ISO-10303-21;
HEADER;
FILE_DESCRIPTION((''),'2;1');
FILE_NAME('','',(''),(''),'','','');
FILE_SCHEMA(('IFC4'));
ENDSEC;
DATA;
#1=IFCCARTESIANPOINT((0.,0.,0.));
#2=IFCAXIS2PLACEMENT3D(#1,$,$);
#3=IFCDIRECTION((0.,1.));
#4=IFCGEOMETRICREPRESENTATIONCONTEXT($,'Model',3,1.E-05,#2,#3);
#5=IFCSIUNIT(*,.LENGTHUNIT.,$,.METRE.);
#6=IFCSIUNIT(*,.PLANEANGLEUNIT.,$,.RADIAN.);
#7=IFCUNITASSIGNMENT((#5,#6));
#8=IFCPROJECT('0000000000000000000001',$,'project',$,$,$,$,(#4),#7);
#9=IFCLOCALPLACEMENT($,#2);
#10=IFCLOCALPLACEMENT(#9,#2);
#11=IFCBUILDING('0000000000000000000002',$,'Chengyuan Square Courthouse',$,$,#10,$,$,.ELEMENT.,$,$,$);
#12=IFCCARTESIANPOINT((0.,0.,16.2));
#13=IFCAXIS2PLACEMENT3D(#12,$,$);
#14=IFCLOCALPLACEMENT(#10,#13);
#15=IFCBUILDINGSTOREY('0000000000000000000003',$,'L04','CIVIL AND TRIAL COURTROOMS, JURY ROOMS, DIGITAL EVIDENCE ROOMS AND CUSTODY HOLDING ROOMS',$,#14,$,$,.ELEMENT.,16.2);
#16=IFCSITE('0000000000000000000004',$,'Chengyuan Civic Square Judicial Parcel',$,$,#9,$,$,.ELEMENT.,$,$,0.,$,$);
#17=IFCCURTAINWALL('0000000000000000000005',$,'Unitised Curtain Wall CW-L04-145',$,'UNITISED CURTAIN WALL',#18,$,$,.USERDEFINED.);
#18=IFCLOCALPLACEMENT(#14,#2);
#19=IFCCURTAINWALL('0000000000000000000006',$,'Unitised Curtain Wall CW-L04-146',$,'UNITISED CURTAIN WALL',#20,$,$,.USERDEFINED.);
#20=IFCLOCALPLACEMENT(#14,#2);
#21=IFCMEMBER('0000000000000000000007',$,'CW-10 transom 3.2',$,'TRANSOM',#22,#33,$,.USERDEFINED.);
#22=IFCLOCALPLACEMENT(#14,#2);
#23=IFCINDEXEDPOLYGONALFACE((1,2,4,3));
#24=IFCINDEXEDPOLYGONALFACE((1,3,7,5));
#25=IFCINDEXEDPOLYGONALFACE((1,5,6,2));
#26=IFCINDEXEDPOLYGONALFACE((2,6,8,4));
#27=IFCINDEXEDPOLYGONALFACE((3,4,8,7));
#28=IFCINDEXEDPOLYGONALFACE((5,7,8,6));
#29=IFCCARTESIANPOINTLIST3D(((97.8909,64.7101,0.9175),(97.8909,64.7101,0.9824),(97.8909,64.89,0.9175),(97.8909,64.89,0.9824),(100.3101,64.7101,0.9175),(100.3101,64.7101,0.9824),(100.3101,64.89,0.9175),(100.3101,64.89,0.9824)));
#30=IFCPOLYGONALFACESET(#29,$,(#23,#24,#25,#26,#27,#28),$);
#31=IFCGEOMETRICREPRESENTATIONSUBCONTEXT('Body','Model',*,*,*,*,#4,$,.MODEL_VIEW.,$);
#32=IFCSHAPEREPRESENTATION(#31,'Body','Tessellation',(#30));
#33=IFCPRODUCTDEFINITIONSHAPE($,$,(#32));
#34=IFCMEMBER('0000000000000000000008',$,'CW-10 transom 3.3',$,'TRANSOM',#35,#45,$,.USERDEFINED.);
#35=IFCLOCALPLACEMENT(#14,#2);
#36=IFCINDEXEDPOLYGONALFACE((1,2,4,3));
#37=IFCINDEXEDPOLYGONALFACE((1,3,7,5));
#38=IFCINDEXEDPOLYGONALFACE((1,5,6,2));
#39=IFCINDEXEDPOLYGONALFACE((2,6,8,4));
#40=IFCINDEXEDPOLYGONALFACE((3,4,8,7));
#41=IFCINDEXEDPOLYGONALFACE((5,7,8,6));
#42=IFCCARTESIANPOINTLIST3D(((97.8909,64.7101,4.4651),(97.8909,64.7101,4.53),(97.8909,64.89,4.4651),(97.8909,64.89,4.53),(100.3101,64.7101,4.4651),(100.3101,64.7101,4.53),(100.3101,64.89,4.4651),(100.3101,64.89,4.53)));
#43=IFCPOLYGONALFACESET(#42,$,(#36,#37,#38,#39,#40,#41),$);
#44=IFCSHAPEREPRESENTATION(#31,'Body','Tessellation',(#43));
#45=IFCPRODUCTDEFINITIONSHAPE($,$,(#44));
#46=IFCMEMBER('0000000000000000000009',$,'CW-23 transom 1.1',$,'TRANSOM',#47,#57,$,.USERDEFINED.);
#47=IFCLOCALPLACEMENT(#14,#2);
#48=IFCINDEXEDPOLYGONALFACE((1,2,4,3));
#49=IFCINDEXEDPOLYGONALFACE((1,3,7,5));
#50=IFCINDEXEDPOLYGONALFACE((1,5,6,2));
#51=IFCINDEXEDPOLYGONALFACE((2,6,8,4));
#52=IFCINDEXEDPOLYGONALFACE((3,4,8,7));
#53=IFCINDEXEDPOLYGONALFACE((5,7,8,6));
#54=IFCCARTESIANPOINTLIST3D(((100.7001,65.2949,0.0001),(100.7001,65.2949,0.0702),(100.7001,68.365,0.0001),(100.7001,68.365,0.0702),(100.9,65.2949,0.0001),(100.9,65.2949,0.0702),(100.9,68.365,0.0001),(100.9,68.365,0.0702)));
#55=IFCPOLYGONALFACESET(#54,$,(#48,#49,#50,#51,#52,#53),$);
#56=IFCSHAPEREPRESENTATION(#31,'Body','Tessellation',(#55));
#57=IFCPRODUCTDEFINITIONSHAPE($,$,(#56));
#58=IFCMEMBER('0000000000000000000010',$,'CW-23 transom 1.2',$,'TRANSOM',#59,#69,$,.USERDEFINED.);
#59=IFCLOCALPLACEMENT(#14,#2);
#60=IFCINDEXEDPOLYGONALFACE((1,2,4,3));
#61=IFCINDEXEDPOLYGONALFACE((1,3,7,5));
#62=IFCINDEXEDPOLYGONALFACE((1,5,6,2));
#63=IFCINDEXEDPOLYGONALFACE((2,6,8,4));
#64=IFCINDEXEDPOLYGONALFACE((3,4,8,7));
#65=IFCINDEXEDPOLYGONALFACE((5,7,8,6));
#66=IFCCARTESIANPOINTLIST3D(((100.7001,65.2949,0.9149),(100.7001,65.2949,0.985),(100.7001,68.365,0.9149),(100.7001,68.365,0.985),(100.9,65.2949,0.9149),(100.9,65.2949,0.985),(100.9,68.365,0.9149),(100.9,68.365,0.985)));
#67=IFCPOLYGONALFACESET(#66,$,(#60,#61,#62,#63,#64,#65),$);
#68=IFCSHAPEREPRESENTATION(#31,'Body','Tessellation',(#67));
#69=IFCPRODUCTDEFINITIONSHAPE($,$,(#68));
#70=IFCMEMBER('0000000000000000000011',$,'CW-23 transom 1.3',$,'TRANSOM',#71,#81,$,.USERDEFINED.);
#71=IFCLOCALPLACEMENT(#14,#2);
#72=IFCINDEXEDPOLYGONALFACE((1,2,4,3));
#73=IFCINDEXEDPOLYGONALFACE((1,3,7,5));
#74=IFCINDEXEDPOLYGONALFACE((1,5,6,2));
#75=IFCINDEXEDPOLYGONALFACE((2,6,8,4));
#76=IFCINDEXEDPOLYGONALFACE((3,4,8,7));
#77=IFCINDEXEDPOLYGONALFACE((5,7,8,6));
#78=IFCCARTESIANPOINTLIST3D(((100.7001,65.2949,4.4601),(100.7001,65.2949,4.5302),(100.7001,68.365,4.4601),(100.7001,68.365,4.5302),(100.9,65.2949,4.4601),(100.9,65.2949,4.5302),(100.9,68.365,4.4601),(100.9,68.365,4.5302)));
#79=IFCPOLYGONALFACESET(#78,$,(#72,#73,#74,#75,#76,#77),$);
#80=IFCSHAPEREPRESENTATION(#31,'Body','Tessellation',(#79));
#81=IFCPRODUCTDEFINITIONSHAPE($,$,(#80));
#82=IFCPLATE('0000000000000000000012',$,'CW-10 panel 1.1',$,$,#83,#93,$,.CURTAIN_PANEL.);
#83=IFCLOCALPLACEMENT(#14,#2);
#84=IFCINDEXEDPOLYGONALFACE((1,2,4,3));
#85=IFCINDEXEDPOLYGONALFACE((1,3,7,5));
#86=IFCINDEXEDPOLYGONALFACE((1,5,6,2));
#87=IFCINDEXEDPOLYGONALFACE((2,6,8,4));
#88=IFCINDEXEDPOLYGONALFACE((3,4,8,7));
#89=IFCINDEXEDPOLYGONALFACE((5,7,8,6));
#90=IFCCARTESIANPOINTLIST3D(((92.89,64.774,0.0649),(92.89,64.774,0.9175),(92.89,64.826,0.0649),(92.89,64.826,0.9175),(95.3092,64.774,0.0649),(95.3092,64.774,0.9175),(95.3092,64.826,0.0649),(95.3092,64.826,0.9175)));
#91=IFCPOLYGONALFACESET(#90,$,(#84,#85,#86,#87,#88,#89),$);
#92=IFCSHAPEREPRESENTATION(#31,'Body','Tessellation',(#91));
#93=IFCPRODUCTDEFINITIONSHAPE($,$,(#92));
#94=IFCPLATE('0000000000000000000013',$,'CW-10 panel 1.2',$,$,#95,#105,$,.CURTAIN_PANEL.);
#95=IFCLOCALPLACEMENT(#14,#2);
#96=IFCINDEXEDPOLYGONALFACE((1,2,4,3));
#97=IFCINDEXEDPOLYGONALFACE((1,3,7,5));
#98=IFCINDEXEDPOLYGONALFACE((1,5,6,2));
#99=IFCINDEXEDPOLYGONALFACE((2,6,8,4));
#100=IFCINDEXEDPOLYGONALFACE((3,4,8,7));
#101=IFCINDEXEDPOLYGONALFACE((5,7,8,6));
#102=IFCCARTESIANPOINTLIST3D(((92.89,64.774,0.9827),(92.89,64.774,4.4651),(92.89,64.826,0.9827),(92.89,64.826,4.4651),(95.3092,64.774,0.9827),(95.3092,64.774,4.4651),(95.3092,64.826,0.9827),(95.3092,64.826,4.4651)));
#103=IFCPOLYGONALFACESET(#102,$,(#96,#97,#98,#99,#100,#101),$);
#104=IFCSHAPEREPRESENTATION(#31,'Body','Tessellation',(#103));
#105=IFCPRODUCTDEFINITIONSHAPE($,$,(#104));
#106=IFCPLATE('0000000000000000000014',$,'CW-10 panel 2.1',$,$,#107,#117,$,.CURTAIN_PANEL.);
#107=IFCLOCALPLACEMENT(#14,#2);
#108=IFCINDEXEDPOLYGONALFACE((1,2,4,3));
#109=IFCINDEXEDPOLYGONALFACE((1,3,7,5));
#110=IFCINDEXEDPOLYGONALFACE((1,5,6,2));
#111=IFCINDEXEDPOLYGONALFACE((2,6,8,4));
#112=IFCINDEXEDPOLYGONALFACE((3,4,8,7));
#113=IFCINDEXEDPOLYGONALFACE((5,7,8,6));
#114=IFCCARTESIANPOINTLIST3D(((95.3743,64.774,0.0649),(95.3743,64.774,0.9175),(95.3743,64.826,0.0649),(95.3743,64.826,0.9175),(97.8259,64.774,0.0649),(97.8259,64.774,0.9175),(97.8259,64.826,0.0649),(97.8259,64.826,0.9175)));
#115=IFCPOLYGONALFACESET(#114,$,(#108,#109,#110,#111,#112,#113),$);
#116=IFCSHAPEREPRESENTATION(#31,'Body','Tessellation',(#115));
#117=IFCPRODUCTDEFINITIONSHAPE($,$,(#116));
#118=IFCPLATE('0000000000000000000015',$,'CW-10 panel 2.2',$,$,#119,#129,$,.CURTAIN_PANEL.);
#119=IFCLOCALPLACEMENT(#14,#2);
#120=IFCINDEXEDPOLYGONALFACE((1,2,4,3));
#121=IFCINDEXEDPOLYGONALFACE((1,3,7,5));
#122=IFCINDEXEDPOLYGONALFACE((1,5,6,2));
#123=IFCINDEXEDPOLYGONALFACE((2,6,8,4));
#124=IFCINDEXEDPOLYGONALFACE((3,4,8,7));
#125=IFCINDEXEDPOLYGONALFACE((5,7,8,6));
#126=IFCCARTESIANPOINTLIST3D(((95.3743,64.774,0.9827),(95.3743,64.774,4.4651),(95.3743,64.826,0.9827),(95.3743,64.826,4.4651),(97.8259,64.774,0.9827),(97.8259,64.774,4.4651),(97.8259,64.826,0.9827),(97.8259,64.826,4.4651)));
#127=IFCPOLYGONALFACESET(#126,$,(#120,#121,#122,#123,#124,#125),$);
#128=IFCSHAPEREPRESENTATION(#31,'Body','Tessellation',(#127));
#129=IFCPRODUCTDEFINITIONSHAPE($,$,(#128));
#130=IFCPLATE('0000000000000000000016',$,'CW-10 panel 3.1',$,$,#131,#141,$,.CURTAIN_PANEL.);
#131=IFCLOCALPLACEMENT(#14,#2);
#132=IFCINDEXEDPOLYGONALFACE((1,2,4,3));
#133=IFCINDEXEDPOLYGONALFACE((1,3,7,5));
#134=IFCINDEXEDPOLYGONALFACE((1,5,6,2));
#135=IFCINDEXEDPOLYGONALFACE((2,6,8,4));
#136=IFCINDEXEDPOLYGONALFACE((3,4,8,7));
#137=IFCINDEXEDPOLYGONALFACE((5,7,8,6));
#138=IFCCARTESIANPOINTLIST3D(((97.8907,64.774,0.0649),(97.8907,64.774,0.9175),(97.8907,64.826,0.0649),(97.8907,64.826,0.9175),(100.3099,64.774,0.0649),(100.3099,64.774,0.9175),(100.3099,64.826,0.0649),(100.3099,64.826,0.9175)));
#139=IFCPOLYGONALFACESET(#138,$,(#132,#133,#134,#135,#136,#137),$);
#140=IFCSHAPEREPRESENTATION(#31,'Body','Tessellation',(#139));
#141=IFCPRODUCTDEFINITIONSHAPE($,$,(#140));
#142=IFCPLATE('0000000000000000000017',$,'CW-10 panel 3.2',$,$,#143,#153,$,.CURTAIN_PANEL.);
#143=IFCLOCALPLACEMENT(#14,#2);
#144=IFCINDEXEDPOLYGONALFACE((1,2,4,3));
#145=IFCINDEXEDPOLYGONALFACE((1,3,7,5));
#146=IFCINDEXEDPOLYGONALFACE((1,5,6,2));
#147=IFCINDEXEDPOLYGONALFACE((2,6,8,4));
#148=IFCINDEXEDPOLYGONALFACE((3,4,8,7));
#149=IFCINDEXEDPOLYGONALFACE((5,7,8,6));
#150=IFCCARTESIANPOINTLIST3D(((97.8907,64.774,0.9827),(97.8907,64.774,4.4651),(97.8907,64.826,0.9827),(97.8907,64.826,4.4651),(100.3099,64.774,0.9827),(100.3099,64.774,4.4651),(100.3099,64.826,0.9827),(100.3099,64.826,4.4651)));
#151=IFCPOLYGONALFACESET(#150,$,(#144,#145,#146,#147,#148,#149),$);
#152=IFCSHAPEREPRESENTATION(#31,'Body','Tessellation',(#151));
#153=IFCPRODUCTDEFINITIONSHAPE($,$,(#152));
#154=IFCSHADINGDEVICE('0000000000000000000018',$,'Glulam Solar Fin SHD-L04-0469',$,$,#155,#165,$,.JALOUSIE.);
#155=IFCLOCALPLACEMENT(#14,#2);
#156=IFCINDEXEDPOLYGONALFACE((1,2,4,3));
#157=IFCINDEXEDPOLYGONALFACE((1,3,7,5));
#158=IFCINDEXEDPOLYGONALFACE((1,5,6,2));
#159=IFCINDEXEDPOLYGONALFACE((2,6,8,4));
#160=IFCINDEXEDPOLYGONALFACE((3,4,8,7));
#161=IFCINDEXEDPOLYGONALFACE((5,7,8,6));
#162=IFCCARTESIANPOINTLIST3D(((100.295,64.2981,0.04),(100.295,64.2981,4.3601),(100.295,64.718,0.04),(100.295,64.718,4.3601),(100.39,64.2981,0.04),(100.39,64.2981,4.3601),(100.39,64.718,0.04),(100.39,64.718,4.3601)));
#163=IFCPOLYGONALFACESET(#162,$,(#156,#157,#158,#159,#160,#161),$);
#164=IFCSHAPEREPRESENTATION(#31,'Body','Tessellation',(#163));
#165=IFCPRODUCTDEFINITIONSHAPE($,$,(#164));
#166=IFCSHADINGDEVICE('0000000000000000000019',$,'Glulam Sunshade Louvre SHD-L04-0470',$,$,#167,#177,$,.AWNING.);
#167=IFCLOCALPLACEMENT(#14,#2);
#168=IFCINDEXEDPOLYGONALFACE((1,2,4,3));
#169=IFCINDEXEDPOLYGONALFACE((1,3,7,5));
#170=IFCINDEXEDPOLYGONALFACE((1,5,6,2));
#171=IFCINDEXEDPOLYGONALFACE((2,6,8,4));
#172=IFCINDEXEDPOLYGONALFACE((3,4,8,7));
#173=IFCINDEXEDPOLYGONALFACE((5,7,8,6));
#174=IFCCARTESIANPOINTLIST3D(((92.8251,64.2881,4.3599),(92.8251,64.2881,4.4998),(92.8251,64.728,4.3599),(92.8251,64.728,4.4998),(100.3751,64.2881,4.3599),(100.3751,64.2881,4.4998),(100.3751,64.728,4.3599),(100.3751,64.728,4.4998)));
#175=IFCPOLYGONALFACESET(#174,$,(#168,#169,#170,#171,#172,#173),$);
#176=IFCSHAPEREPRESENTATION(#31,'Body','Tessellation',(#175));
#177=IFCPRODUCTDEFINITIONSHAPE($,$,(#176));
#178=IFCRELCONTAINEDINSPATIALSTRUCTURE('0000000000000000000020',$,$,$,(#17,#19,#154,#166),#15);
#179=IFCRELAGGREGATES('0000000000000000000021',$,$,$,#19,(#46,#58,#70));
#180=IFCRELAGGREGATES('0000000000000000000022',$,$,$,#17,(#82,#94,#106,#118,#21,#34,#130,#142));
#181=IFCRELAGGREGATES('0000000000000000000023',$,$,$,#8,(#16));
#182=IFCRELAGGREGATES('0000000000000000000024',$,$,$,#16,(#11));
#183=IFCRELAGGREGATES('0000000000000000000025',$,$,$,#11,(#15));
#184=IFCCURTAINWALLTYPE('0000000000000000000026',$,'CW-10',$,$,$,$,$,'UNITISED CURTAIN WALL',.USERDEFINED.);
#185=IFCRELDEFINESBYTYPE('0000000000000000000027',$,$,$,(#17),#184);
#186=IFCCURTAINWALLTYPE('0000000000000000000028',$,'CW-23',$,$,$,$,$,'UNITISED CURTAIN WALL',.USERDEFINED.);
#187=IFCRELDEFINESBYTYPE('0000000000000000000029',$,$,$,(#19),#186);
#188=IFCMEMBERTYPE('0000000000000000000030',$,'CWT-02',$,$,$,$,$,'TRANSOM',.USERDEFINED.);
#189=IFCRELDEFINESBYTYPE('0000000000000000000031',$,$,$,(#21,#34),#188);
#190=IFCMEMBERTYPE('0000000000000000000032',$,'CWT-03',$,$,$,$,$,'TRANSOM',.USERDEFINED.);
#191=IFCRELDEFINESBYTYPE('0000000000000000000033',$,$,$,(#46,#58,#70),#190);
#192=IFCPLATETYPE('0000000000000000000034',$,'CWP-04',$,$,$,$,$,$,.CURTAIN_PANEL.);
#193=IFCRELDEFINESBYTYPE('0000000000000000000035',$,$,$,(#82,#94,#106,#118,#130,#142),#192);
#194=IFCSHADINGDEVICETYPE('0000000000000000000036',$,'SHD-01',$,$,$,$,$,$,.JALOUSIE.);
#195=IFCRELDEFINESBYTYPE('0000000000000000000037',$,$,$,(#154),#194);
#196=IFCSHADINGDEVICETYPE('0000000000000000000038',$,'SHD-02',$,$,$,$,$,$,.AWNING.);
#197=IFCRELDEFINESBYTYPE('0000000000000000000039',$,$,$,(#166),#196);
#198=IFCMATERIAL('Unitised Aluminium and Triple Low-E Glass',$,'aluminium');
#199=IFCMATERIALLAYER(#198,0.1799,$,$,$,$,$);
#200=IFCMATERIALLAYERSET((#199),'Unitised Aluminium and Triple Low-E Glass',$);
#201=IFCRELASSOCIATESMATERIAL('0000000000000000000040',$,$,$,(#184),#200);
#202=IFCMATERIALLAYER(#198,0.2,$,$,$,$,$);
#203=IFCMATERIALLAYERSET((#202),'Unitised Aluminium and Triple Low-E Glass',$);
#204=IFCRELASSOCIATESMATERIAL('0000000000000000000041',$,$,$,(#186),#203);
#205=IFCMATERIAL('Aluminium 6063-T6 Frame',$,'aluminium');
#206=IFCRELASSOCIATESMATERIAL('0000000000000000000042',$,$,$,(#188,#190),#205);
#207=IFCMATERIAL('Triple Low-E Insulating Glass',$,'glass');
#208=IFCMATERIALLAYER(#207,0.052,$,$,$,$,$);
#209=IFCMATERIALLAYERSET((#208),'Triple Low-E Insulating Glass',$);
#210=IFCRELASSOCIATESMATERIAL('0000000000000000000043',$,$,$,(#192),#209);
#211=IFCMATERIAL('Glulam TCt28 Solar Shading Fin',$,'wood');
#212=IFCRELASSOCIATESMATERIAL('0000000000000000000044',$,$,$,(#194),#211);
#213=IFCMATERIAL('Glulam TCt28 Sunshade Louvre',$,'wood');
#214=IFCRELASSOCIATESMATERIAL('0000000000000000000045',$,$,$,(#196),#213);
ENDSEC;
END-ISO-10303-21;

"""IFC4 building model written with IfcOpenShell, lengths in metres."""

from ifc_helpers import new_model, si_unit, direction, frame, origin, origin_2d, place, context, subcontext, project, spatial, rectangle, extrude, material, layer, layer_set, material_profile, profile_set, type_object, element, aggregate, save


model = new_model("IFC4")

# Units and contexts
model_context = context("Model", 3, precision=1e-05, world=origin(), true_north=direction((0.0, 1.0)))
body_context = subcontext(model_context, "Body", "Model", "MODEL_VIEW")
ifc_project = project(units=[si_unit("LENGTHUNIT", "METRE"), si_unit("PLANEANGLEUNIT", "RADIAN")], contexts=[model_context])

# Site, building, storey
site_placement = place(None, origin())
site = spatial("IfcSite", under=ifc_project, at=site_placement, Name="Chengyuan Civic Square Judicial Parcel", CompositionType="ELEMENT", RefElevation=0.0)
building_placement = place(site_placement, origin())
building = spatial("IfcBuilding", under=site, at=building_placement, Name="Chengyuan Square Courthouse", CompositionType="ELEMENT")
storey_placement = place(building_placement, frame((0.0, 0.0, 16.2)))
storey = spatial("IfcBuildingStorey", under=building, at=storey_placement, Name="L04", Description="CIVIL AND TRIAL COURTROOMS, JURY ROOMS, DIGITAL EVIDENCE ROOMS AND CUSTODY HOLDING ROOMS", CompositionType="ELEMENT", Elevation=16.2)

# Curtain wall
ifc_material_1 = material(Name="Unitised Aluminium and Triple Low-E Glass", Category="aluminium")
ifc_layer_1 = layer(ifc_material_1, 0.1799)
ifc_layer_set_1 = layer_set([ifc_layer_1], Name="Unitised Aluminium and Triple Low-E Glass")
curtain_wall_type_1 = type_object("IfcCurtainWallType", Name="CW-10", ElementType="UNITISED CURTAIN WALL", PredefinedType="USERDEFINED", material=ifc_layer_set_1)
curtain_wall_1_placement = place(storey_placement, origin())
curtain_wall_1 = element("IfcCurtainWall", 1, at=curtain_wall_1_placement, inside=storey, type_object=curtain_wall_type_1, Name="Unitised Curtain Wall CW-L04-145", ObjectType="UNITISED CURTAIN WALL", PredefinedType="USERDEFINED")
ifc_material_2 = material(Name="Aluminium 6063-T6 Frame", Category="aluminium")

# Curtain wall
ifc_layer_2 = layer(ifc_material_1, 0.2)
ifc_layer_set_2 = layer_set([ifc_layer_2], Name="Unitised Aluminium and Triple Low-E Glass")
curtain_wall_type_2 = type_object("IfcCurtainWallType", Name="CW-23", ElementType="UNITISED CURTAIN WALL", PredefinedType="USERDEFINED", material=ifc_layer_set_2)
curtain_wall_2_placement = place(storey_placement, origin())
curtain_wall_2 = element("IfcCurtainWall", 2, at=curtain_wall_2_placement, inside=storey, type_object=curtain_wall_type_2, Name="Unitised Curtain Wall CW-L04-146", ObjectType="UNITISED CURTAIN WALL", PredefinedType="USERDEFINED")

# Members
ifc_material_profile_1 = material_profile(ifc_material_2, rectangle(XDim=0.1799, YDim=0.0649, at=origin_2d()), Name="CW-TRN-65x140")
ifc_profile_set_1 = profile_set([ifc_material_profile_1], Name="Aluminium 6063-T6 Frame")
member_type_1 = type_object("IfcMemberType", Name="CWT-02", ElementType="TRANSOM", PredefinedType="USERDEFINED", material=ifc_profile_set_1)
member_1_placement = place(storey_placement, frame((97.8909, 64.8, 0.95), z_axis=(1.0, 0.0, 0.0), x_axis=(0.0, 1.0, 0.0)))
member_1 = element("IfcMember", 3, at=member_1_placement, type_object=member_type_1, Name="CW-10 transom 3.2", ObjectType="TRANSOM", PredefinedType="USERDEFINED", context=body_context, shape_type="SweptSolid", body=[
    extrude(rectangle(XDim=0.1799, YDim=0.0649, at=origin_2d()), origin(), (0.0, 0.0, 1.0), 2.4192),
])
member_2_placement = place(storey_placement, frame((97.8909, 64.8, 4.4976), z_axis=(1.0, 0.0, 0.0), x_axis=(0.0, 1.0, 0.0)))
member_2 = element("IfcMember", 4, at=member_2_placement, type_object=member_type_1, Name="CW-10 transom 3.3", ObjectType="TRANSOM", PredefinedType="USERDEFINED", context=body_context, shape_type="SweptSolid", body=[
    extrude(rectangle(XDim=0.1799, YDim=0.0649, at=origin_2d()), origin(), (0.0, 0.0, 1.0), 2.4192),
])
ifc_material_profile_2 = material_profile(ifc_material_2, rectangle(XDim=0.2, YDim=0.0701, at=origin_2d()), Name="CW-TRN-70x160")
ifc_profile_set_2 = profile_set([ifc_material_profile_2], Name="Aluminium 6063-T6 Frame")
member_type_2 = type_object("IfcMemberType", Name="CWT-03", ElementType="TRANSOM", PredefinedType="USERDEFINED", material=ifc_profile_set_2)
member_3_placement = place(storey_placement, frame((100.8, 65.2949, 0.0352), z_axis=(0.0, 1.0, 0.0), x_axis=(-1.0, 0.0, 0.0)))
member_3 = element("IfcMember", 5, at=member_3_placement, type_object=member_type_2, Name="CW-23 transom 1.1", ObjectType="TRANSOM", PredefinedType="USERDEFINED", context=body_context, shape_type="SweptSolid", body=[
    extrude(rectangle(XDim=0.2, YDim=0.0701, at=origin_2d()), origin(), (0.0, 0.0, 1.0), 3.0701),
])
member_4_placement = place(storey_placement, frame((100.8, 65.2949, 0.95), z_axis=(0.0, 1.0, 0.0), x_axis=(-1.0, 0.0, 0.0)))
member_4 = element("IfcMember", 6, at=member_4_placement, type_object=member_type_2, Name="CW-23 transom 1.2", ObjectType="TRANSOM", PredefinedType="USERDEFINED", context=body_context, shape_type="SweptSolid", body=[
    extrude(rectangle(XDim=0.2, YDim=0.0701, at=origin_2d()), origin(), (0.0, 0.0, 1.0), 3.0701),
])
member_5_placement = place(storey_placement, frame((100.8, 65.2949, 4.4951), z_axis=(0.0, 1.0, 0.0), x_axis=(-1.0, 0.0, 0.0)))
member_5 = element("IfcMember", 7, at=member_5_placement, type_object=member_type_2, Name="CW-23 transom 1.3", ObjectType="TRANSOM", PredefinedType="USERDEFINED", context=body_context, shape_type="SweptSolid", body=[
    extrude(rectangle(XDim=0.2, YDim=0.0701, at=origin_2d()), origin(), (0.0, 0.0, 1.0), 3.0701),
])
aggregate(curtain_wall_2, [member_3, member_4, member_5])

# Plates
ifc_material_3 = material(Name="Triple Low-E Insulating Glass", Category="glass")
ifc_layer_3 = layer(ifc_material_3, 0.052)
ifc_layer_set_3 = layer_set([ifc_layer_3], Name="Triple Low-E Insulating Glass")
plate_type = type_object("IfcPlateType", Name="CWP-04", PredefinedType="CURTAIN_PANEL", material=ifc_layer_set_3)
plate_1_placement = place(storey_placement, frame((94.0996, 64.8, 0.0649), z_axis=(0.0, 0.0, 1.0), x_axis=(1.0, 0.0, 0.0)))
plate_1 = element("IfcPlate", 8, at=plate_1_placement, type_object=plate_type, Name="CW-10 panel 1.1", PredefinedType="CURTAIN_PANEL", context=body_context, shape_type="SweptSolid", body=[
    extrude(rectangle(XDim=2.4192, YDim=0.052, at=origin_2d()), origin(), (0.0, 0.0, 1.0), 0.8525),
])
plate_2_placement = place(storey_placement, frame((94.0996, 64.8, 0.9827), z_axis=(0.0, 0.0, 1.0), x_axis=(1.0, 0.0, 0.0)))
plate_2 = element("IfcPlate", 9, at=plate_2_placement, type_object=plate_type, Name="CW-10 panel 1.2", PredefinedType="CURTAIN_PANEL", context=body_context, shape_type="SweptSolid", body=[
    extrude(rectangle(XDim=2.4192, YDim=0.052, at=origin_2d()), origin(), (0.0, 0.0, 1.0), 3.4824),
])
plate_3_placement = place(storey_placement, frame((96.6001, 64.8, 0.0649), z_axis=(0.0, 0.0, 1.0), x_axis=(1.0, 0.0, 0.0)))
plate_3 = element("IfcPlate", 10, at=plate_3_placement, type_object=plate_type, Name="CW-10 panel 2.1", PredefinedType="CURTAIN_PANEL", context=body_context, shape_type="SweptSolid", body=[
    extrude(rectangle(XDim=2.4517, YDim=0.052, at=origin_2d()), origin(), (0.0, 0.0, 1.0), 0.8525),
])
plate_4_placement = place(storey_placement, frame((96.6001, 64.8, 0.9827), z_axis=(0.0, 0.0, 1.0), x_axis=(1.0, 0.0, 0.0)))
plate_4 = element("IfcPlate", 11, at=plate_4_placement, type_object=plate_type, Name="CW-10 panel 2.2", PredefinedType="CURTAIN_PANEL", context=body_context, shape_type="SweptSolid", body=[
    extrude(rectangle(XDim=2.4517, YDim=0.052, at=origin_2d()), origin(), (0.0, 0.0, 1.0), 3.4824),
])
plate_5_placement = place(storey_placement, frame((99.1003, 64.8, 0.0649), z_axis=(0.0, 0.0, 1.0), x_axis=(1.0, 0.0, 0.0)))
plate_5 = element("IfcPlate", 12, at=plate_5_placement, type_object=plate_type, Name="CW-10 panel 3.1", PredefinedType="CURTAIN_PANEL", context=body_context, shape_type="SweptSolid", body=[
    extrude(rectangle(XDim=2.4192, YDim=0.052, at=origin_2d()), origin(), (0.0, 0.0, 1.0), 0.8525),
])
plate_6_placement = place(storey_placement, frame((99.1003, 64.8, 0.9827), z_axis=(0.0, 0.0, 1.0), x_axis=(1.0, 0.0, 0.0)))
plate_6 = element("IfcPlate", 13, at=plate_6_placement, type_object=plate_type, Name="CW-10 panel 3.2", PredefinedType="CURTAIN_PANEL", context=body_context, shape_type="SweptSolid", body=[
    extrude(rectangle(XDim=2.4192, YDim=0.052, at=origin_2d()), origin(), (0.0, 0.0, 1.0), 3.4824),
])
aggregate(curtain_wall_1, [plate_1, plate_2, plate_3, plate_4, member_1, member_2, plate_5, plate_6])

# Shading devices
ifc_material_4 = material(Name="Glulam TCt28 Solar Shading Fin", Category="wood")
shading_device_type_1 = type_object("IfcShadingDeviceType", Name="SHD-01", PredefinedType="JALOUSIE", material=ifc_material_4)
shading_device_1_placement = place(storey_placement, frame((100.3425, 64.5081, 0.04), z_axis=(0.0, 0.0, 1.0), x_axis=(0.0, 1.0, 0.0)))
element("IfcShadingDevice", 14, at=shading_device_1_placement, inside=storey, type_object=shading_device_type_1, Name="Glulam Solar Fin SHD-L04-0469", PredefinedType="JALOUSIE", context=body_context, shape_type="SweptSolid", body=[
    extrude(rectangle(XDim=0.4199, YDim=0.095, at=origin_2d()), origin(), (0.0, 0.0, 1.0), 4.3201),
])
ifc_material_5 = material(Name="Glulam TCt28 Sunshade Louvre", Category="wood")
shading_device_type_2 = type_object("IfcShadingDeviceType", Name="SHD-02", PredefinedType="AWNING", material=ifc_material_5)
shading_device_2_placement = place(storey_placement, frame((96.6001, 64.5081, 4.3599), z_axis=(0.0, 0.0, 1.0), x_axis=(1.0, 0.0, 0.0)))
element("IfcShadingDevice", 15, at=shading_device_2_placement, inside=storey, type_object=shading_device_type_2, Name="Glulam Sunshade Louvre SHD-L04-0470", PredefinedType="AWNING", context=body_context, shape_type="SweptSolid", body=[
    extrude(rectangle(XDim=7.55, YDim=0.4399, at=origin_2d()), origin(), (0.0, 0.0, 1.0), 0.1399),
])

save(model, "model.ifc")
